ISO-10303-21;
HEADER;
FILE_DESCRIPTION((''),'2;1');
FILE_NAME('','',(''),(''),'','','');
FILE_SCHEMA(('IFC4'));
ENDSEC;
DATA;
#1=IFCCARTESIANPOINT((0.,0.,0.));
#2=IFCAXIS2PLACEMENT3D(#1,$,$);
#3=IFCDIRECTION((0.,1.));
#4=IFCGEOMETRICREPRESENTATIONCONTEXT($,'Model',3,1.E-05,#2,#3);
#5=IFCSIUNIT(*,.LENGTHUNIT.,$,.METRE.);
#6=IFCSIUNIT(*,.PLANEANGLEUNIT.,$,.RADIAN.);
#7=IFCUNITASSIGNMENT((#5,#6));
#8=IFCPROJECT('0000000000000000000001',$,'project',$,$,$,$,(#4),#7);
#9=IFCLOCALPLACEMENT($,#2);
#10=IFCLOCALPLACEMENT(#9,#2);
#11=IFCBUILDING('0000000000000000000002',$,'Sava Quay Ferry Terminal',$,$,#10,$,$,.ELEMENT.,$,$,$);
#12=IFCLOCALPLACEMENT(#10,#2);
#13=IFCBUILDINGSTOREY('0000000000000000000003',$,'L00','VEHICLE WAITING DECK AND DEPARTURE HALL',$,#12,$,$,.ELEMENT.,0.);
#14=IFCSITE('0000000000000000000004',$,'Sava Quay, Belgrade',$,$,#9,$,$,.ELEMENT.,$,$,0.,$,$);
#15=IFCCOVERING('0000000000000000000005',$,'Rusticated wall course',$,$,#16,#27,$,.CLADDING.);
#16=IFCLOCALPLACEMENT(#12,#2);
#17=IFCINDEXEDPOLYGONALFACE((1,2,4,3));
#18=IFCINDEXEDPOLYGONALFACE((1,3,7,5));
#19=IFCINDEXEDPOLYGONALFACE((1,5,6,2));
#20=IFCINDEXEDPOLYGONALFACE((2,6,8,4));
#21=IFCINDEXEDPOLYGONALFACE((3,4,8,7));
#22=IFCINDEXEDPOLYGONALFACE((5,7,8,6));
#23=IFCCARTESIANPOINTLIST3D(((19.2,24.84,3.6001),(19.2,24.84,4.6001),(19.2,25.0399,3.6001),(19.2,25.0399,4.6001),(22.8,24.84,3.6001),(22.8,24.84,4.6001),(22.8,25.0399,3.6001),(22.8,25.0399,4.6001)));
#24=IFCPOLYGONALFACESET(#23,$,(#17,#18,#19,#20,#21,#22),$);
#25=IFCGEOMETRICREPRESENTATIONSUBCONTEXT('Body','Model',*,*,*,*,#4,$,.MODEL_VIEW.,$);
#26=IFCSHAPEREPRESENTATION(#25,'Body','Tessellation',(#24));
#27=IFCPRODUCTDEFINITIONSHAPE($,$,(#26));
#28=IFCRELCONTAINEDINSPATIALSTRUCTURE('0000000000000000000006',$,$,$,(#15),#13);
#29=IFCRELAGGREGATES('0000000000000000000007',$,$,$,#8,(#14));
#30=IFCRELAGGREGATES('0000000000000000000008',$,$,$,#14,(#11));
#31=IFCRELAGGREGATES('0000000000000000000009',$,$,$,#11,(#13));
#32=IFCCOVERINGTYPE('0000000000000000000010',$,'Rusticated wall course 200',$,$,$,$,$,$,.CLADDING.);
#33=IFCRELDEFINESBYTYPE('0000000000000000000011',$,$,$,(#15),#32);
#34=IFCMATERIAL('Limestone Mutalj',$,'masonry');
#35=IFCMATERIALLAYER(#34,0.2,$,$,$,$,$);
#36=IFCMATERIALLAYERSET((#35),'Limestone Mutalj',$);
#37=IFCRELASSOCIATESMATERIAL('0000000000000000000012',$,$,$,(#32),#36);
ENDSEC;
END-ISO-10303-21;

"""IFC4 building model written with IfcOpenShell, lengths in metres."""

from ifc_helpers import new_model, si_unit, direction, frame, origin, origin_2d, place, context, subcontext, project, spatial, rectangle, extrude, material, layer, layer_set, type_object, element, save


model = new_model("IFC4")

# Units and contexts
model_context = context("Model", 3, precision=1e-05, world=origin(), true_north=direction((0.0, 1.0)))
body_context = subcontext(model_context, "Body", "Model", "MODEL_VIEW")
ifc_project = project(units=[si_unit("LENGTHUNIT", "METRE"), si_unit("PLANEANGLEUNIT", "RADIAN")], contexts=[model_context])

# Site, building, storey
site_placement = place(None, origin())
site = spatial("IfcSite", under=ifc_project, at=site_placement, Name="Sava Quay, Belgrade", CompositionType="ELEMENT", RefElevation=0.0)
building_placement = place(site_placement, origin())
building = spatial("IfcBuilding", under=site, at=building_placement, Name="Sava Quay Ferry Terminal", CompositionType="ELEMENT")
storey_placement = place(building_placement, origin())
storey = spatial("IfcBuildingStorey", under=building, at=storey_placement, Name="L00", Description="VEHICLE WAITING DECK AND DEPARTURE HALL", CompositionType="ELEMENT", Elevation=0.0)

# Covering
ifc_material_1 = material(Name="Limestone Mutalj", Category="masonry")
ifc_layer_1 = layer(ifc_material_1, 0.2)
ifc_layer_set_1 = layer_set([ifc_layer_1], Name="Limestone Mutalj")
covering_type = type_object("IfcCoveringType", Name="Rusticated wall course 200", PredefinedType="CLADDING", material=ifc_layer_set_1)
covering_placement = place(storey_placement, frame((21.0, 24.9399, 3.6001), z_axis=(0.0, 0.0, 1.0), x_axis=(1.0, 0.0, 0.0)))
element("IfcCovering", 1, at=covering_placement, inside=storey, type_object=covering_type, Name="Rusticated wall course", PredefinedType="CLADDING", context=body_context, shape_type="SweptSolid", body=[
    extrude(rectangle(XDim=3.6001, YDim=0.2, at=origin_2d()), origin(), (0.0, 0.0, 1.0), 1.0),
])

save(model, "model.ifc")
